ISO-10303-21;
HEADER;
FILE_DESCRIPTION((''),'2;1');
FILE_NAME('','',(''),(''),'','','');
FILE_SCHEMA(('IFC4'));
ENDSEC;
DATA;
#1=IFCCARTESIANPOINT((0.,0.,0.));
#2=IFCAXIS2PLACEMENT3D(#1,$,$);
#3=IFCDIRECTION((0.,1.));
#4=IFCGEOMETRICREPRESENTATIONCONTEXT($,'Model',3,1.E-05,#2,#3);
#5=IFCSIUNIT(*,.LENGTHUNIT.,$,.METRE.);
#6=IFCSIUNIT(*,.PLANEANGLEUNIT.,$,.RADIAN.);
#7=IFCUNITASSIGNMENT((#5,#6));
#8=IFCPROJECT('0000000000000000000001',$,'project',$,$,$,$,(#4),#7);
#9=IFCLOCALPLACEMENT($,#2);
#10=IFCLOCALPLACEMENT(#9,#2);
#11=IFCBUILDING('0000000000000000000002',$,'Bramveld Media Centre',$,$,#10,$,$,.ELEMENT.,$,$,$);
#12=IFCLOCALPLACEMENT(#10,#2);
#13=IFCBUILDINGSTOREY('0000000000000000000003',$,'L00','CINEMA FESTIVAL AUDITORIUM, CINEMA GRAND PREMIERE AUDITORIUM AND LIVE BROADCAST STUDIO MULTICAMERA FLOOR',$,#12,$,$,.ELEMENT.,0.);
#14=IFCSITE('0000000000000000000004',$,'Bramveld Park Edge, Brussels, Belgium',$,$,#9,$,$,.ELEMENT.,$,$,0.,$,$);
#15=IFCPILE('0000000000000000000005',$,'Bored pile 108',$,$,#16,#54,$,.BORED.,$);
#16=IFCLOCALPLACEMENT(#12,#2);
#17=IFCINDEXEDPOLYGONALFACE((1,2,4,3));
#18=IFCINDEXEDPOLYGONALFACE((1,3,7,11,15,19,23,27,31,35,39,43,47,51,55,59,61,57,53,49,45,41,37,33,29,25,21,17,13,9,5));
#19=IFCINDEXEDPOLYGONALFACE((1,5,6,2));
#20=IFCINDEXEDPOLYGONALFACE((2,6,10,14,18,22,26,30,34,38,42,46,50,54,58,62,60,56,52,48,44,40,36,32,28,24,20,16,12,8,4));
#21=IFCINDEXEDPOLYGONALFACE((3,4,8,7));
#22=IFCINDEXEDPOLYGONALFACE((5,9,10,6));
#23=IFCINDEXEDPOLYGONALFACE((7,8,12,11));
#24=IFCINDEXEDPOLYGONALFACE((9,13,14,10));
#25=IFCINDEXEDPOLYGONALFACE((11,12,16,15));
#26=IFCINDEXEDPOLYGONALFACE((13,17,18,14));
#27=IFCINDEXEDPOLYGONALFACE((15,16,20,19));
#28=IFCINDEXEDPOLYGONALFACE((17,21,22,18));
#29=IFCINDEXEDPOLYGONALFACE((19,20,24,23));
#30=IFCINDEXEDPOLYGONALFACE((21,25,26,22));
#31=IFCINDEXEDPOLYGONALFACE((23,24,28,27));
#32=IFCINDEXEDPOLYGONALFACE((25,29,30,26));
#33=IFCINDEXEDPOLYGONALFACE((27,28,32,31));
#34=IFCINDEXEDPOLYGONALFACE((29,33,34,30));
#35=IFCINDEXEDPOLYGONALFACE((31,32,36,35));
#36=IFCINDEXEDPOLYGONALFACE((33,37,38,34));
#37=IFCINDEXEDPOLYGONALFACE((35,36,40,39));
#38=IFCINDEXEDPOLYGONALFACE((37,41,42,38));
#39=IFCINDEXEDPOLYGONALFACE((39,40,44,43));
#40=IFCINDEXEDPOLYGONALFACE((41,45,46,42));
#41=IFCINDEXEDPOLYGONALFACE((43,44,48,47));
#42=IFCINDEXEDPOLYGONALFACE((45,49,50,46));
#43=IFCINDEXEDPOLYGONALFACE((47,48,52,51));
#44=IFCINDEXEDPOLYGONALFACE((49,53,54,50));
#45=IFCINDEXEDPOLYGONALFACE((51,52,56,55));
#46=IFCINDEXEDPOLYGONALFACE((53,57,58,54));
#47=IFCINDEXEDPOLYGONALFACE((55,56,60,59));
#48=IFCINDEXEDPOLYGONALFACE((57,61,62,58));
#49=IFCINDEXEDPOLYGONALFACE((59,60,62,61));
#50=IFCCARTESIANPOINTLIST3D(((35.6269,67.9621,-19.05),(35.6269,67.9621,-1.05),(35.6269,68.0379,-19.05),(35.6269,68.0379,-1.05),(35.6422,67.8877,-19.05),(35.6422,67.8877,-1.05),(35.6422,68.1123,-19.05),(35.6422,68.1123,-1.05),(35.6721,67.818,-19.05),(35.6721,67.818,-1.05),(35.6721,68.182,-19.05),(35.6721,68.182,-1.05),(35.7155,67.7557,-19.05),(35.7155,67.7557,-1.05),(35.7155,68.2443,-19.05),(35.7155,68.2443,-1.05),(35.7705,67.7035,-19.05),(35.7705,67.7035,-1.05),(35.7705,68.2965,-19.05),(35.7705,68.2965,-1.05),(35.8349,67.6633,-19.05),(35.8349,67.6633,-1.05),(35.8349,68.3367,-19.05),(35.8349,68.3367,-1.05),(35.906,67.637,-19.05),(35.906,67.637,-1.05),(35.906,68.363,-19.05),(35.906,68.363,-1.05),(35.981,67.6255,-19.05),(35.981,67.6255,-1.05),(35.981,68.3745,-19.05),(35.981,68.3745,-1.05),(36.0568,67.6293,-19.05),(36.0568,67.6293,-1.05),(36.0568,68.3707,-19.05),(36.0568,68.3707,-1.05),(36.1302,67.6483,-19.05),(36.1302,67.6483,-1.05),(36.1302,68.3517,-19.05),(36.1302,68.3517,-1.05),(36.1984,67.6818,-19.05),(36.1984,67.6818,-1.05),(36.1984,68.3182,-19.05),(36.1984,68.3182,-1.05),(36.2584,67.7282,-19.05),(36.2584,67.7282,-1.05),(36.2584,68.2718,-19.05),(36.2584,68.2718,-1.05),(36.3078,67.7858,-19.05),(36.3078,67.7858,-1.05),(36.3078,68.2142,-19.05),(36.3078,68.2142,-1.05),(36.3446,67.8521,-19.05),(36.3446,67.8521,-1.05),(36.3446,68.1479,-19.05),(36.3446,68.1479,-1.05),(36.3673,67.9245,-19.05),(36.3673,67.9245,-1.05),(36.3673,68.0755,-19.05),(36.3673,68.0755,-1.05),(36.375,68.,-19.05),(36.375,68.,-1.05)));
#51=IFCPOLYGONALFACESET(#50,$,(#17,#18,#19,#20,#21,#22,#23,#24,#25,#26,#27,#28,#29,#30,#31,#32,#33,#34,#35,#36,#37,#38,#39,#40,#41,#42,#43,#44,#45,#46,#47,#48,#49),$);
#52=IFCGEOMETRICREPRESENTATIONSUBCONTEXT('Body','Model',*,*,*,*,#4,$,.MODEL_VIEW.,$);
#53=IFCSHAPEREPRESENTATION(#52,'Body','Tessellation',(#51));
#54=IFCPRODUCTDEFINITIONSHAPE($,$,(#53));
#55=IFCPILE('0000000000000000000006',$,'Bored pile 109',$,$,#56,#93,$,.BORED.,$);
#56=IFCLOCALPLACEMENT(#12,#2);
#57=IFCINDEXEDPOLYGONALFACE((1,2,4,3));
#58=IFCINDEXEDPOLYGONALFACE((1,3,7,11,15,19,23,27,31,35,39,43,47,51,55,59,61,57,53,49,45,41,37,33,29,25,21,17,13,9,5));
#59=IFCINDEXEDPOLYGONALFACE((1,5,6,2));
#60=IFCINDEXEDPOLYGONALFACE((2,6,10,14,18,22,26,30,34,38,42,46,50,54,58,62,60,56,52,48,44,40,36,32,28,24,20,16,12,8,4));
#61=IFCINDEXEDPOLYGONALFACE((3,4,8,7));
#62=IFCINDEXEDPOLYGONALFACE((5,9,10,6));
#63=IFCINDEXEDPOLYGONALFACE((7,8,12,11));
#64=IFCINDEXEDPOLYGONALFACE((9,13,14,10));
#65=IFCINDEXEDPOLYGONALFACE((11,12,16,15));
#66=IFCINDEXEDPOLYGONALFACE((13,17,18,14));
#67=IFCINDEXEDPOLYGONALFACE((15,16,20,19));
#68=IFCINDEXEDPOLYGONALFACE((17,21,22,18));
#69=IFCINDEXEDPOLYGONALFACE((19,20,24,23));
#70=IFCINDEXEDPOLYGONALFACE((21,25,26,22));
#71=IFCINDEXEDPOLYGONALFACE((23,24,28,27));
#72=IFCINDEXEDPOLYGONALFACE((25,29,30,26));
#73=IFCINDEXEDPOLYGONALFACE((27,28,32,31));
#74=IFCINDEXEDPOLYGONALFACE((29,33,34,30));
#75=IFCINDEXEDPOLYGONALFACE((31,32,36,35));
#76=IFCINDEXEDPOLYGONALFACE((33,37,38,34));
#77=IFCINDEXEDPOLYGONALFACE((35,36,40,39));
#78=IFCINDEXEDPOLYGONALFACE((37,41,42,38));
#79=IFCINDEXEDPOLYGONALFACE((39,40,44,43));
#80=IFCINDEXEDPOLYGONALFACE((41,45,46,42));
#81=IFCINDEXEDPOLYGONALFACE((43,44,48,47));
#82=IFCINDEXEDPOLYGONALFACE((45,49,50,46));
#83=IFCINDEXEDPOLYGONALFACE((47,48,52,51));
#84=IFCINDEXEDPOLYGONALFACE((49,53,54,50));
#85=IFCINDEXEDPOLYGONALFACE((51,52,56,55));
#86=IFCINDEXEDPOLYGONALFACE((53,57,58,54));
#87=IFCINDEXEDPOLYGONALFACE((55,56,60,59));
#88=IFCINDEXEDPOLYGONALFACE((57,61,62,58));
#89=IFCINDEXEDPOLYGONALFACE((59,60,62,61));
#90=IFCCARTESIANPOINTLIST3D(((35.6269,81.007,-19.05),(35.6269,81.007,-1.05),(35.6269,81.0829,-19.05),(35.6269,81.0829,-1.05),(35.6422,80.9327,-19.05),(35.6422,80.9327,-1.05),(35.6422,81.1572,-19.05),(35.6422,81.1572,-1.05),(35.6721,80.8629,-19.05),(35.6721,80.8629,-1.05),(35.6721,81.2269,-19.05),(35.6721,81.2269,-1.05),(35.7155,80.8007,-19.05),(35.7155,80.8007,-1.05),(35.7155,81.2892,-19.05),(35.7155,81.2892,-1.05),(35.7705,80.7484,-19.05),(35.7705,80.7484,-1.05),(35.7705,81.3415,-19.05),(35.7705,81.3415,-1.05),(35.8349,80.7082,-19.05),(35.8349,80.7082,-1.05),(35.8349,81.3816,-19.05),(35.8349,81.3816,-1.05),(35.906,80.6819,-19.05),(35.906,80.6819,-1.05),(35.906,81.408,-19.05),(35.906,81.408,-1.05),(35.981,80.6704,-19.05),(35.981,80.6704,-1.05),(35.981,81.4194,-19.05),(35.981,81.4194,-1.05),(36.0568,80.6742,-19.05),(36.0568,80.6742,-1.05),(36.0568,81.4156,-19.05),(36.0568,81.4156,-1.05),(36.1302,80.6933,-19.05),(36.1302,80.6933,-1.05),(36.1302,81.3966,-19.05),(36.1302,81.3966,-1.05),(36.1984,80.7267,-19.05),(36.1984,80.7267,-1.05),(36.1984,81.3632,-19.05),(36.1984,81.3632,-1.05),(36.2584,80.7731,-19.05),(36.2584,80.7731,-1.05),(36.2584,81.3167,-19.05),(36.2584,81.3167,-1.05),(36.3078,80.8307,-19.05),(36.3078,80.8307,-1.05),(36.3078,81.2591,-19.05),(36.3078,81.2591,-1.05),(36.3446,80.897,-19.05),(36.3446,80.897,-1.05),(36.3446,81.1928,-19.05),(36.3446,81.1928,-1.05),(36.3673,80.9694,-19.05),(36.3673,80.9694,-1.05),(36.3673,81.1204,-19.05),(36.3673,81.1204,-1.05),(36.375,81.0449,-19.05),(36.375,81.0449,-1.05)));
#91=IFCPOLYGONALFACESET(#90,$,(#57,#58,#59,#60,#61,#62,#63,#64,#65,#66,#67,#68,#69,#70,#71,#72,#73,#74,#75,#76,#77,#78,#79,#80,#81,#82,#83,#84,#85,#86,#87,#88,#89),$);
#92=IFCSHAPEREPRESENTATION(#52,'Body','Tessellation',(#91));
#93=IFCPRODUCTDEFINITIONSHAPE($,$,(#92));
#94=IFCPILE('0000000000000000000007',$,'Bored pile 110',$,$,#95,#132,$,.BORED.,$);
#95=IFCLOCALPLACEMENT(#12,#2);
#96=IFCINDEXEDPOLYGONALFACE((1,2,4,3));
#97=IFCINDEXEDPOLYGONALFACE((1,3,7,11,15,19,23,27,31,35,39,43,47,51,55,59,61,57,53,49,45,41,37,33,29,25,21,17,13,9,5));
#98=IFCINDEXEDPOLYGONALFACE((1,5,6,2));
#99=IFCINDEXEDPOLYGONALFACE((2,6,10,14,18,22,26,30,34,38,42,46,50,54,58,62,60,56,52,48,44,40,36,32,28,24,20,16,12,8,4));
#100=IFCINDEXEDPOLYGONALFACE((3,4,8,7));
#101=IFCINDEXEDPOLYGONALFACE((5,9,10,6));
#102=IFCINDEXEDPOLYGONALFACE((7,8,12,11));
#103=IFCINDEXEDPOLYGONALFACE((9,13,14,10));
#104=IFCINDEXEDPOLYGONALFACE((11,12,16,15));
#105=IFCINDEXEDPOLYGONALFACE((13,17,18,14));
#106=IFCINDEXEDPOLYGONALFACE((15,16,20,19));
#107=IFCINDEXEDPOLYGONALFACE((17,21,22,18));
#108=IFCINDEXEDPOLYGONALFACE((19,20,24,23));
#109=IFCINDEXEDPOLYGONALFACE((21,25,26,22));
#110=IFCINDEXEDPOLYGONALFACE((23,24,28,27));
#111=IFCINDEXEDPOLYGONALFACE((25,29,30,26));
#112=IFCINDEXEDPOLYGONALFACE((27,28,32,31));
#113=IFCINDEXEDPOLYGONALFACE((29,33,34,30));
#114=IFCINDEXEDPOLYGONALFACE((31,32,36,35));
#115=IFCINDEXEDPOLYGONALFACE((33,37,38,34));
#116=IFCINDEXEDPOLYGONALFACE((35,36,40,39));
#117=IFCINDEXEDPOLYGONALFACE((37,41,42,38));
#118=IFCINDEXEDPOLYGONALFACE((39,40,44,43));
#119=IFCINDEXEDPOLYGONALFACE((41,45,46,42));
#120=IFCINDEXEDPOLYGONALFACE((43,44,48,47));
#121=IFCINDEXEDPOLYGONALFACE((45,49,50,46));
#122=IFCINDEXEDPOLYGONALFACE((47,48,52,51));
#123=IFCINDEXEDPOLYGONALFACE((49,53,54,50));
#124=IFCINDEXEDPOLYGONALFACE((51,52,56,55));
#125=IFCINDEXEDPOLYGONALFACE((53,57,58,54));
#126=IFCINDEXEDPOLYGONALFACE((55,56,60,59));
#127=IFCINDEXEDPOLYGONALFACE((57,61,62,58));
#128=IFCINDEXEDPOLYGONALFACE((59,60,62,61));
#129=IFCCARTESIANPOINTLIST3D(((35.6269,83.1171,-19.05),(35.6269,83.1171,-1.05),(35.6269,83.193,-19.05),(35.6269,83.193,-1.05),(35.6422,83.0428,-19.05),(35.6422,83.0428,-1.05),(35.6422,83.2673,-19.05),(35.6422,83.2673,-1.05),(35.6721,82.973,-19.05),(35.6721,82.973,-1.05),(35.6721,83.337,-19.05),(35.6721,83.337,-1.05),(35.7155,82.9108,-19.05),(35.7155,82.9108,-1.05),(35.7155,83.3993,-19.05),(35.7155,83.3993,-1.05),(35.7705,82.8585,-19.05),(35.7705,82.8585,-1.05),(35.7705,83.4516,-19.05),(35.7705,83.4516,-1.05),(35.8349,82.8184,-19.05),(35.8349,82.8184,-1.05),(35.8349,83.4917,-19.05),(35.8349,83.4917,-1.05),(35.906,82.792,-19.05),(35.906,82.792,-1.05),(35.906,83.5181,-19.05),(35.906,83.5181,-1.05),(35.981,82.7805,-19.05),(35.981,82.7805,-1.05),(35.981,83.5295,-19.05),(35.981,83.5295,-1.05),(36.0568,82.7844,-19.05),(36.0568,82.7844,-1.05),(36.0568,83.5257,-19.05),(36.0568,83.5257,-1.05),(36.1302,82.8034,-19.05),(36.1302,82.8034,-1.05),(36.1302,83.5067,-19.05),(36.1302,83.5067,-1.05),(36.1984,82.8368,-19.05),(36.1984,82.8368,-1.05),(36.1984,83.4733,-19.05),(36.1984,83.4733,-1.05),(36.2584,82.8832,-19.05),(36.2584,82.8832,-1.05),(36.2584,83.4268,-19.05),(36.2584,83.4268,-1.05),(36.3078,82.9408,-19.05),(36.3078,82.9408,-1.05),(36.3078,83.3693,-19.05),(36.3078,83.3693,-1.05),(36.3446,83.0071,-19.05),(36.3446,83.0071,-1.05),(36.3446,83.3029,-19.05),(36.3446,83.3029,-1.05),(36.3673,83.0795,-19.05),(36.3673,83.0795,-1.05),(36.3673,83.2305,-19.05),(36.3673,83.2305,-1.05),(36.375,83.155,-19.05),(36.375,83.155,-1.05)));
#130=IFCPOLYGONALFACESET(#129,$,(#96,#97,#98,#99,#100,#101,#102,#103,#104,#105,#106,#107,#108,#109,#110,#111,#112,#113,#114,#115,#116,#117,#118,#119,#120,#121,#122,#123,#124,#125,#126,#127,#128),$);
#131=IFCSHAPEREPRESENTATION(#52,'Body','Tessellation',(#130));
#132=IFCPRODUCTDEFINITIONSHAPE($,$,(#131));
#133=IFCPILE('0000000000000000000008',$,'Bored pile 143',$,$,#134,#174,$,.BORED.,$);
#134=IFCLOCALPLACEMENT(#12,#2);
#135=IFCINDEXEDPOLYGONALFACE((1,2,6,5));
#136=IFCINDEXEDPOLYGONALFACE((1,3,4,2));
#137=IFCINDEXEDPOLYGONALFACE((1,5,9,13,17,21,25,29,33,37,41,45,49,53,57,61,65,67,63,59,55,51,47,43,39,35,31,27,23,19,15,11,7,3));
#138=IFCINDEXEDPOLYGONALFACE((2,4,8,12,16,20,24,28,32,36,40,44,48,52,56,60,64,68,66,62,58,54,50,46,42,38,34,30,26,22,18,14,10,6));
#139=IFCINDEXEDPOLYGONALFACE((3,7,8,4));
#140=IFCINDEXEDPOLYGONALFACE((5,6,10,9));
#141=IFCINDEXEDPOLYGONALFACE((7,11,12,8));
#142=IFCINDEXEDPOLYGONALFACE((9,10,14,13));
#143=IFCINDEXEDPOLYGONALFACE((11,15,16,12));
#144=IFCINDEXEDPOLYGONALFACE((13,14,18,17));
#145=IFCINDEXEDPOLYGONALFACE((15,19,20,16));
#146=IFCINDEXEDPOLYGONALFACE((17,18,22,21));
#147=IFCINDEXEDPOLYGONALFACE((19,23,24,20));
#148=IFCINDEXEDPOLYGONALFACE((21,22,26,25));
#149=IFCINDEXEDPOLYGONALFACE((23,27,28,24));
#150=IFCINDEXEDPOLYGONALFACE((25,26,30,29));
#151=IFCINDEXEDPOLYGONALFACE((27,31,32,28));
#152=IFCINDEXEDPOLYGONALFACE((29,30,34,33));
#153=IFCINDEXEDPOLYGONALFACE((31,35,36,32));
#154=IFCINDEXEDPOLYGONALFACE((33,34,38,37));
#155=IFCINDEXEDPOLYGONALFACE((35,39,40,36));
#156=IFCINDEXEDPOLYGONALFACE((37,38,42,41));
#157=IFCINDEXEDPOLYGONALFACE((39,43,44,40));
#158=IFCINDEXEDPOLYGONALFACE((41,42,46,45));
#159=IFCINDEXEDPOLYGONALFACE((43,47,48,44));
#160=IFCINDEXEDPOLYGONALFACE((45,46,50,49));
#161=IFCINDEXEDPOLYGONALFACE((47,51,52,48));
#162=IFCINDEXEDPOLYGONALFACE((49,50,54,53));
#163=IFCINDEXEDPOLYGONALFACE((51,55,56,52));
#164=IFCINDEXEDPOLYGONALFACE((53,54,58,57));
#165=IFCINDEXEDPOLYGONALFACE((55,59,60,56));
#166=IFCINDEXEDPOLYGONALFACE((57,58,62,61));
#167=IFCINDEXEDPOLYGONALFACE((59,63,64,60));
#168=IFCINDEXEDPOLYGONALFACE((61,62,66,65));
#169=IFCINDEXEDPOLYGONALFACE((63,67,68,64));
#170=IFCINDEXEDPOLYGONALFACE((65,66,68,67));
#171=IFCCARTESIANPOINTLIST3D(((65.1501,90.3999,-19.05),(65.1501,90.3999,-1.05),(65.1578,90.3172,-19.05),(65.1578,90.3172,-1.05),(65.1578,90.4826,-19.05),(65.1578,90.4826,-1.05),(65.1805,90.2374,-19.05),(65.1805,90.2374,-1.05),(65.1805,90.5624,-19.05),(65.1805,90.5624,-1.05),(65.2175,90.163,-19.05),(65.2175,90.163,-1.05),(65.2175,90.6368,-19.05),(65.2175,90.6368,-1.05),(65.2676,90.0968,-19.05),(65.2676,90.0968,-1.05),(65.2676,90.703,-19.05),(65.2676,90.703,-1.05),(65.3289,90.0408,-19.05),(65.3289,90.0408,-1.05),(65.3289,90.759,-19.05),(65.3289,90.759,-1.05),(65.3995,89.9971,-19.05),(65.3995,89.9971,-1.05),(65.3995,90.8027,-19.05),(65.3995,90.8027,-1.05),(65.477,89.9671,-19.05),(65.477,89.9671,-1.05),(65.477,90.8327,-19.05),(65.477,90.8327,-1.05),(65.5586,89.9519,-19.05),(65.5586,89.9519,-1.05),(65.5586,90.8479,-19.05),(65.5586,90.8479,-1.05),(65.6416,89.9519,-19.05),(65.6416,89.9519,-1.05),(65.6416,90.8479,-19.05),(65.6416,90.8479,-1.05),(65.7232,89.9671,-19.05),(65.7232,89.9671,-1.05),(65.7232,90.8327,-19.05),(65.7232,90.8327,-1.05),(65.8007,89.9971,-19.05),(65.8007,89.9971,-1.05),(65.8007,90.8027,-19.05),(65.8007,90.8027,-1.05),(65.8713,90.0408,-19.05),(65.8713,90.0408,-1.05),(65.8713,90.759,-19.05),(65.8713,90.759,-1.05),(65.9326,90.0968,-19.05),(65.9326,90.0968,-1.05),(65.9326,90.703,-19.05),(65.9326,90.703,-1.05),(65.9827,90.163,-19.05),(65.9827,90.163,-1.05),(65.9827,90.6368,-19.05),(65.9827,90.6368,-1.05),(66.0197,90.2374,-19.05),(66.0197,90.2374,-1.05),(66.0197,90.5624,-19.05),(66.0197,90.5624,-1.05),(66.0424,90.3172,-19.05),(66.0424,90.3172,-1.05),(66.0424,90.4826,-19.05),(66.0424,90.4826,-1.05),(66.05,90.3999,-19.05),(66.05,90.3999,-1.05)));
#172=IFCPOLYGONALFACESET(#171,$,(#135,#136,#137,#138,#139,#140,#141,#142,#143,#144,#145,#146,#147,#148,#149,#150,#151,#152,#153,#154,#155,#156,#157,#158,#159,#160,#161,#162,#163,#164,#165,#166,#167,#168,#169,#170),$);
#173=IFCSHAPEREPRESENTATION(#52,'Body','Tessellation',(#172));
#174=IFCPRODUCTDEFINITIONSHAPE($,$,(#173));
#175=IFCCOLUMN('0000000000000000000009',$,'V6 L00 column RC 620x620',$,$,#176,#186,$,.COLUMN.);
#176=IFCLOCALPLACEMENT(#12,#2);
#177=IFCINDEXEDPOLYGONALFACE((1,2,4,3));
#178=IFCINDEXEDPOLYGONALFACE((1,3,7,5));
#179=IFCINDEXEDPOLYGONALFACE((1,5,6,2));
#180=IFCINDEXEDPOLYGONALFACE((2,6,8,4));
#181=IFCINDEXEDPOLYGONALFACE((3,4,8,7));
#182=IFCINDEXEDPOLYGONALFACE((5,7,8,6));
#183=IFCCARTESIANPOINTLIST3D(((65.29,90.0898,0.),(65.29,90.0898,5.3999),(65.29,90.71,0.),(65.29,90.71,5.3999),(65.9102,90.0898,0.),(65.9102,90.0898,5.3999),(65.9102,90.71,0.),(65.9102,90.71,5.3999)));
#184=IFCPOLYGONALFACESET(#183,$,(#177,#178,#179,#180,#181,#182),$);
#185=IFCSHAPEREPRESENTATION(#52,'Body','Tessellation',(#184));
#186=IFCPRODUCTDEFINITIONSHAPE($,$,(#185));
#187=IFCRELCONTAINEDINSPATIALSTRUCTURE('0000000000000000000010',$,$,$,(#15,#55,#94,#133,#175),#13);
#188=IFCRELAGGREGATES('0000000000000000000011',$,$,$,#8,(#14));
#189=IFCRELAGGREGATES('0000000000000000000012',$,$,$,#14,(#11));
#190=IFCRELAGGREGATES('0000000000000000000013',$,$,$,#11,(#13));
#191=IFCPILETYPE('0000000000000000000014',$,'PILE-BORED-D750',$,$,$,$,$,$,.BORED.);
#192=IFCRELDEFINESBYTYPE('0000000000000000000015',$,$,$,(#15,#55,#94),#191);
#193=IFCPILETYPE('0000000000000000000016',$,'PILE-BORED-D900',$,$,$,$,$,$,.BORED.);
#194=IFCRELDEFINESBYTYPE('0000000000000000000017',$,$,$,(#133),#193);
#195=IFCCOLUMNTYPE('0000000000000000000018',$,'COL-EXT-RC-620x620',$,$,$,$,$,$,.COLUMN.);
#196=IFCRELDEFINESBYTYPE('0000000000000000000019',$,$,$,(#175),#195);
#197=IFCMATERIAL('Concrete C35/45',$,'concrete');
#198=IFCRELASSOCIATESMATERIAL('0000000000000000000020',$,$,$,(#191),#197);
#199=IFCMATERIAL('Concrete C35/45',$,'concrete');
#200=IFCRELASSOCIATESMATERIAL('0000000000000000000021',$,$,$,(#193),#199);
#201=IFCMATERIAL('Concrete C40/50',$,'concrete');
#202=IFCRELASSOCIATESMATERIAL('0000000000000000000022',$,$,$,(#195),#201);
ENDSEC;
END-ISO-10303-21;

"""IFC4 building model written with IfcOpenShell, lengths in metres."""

from ifc_helpers import new_model, si_unit, direction, frame, origin, origin_2d, place, context, subcontext, project, spatial, rectangle, circle, extrude, material, material_profile, profile_set, type_object, element, save


model = new_model("IFC4")

# Units and contexts
model_context = context("Model", 3, precision=1e-05, world=origin(), true_north=direction((0.0, 1.0)))
body_context = subcontext(model_context, "Body", "Model", "MODEL_VIEW")
ifc_project = project(units=[si_unit("LENGTHUNIT", "METRE"), si_unit("PLANEANGLEUNIT", "RADIAN")], contexts=[model_context])

# Site, building, storey
site_placement = place(None, origin())
site = spatial("IfcSite", under=ifc_project, at=site_placement, Name="Bramveld Park Edge, Brussels, Belgium", CompositionType="ELEMENT", RefElevation=0.0)
building_placement = place(site_placement, origin())
building = spatial("IfcBuilding", under=site, at=building_placement, Name="Bramveld Media Centre", CompositionType="ELEMENT")
storey_placement = place(building_placement, origin())
storey = spatial("IfcBuildingStorey", under=building, at=storey_placement, Name="L00", Description="CINEMA FESTIVAL AUDITORIUM, CINEMA GRAND PREMIERE AUDITORIUM AND LIVE BROADCAST STUDIO MULTICAMERA FLOOR", CompositionType="ELEMENT", Elevation=0.0)

# Piles
ifc_material_1 = material(Name="Concrete C35/45", Category="concrete")
ifc_material_profile_1 = material_profile(ifc_material_1, circle(Radius=0.375, at=origin_2d()), Name="BORED D750")
ifc_profile_set_1 = profile_set([ifc_material_profile_1], Name="Concrete C35/45")
pile_type_1 = type_object("IfcPileType", Name="PILE-BORED-D750", PredefinedType="BORED", material=ifc_profile_set_1)
for number, where, z_axis, x_axis, name in (
    (1, (36.0, 68.0, -1.05), (0.0, 0.0, -1.0), (1.0, 0.0, 0.0), "Bored pile 108"),
    (2, (36.0, 81.0449, -1.05), (0.0, 0.0, -1.0), (1.0, 0.0, 0.0), "Bored pile 109"),
    (3, (36.0, 83.155, -1.05), (0.0, 0.0, -1.0), (1.0, 0.0, 0.0), "Bored pile 110"),
):
    element("IfcPile", number, at=place(storey_placement, frame(where, z_axis=z_axis, x_axis=x_axis)), inside=storey, type_object=pile_type_1, Name=name, PredefinedType="BORED", context=body_context, shape_type="SweptSolid", body=[
        extrude(circle(Radius=0.375, at=origin_2d()), origin(), (0.0, 0.0, 1.0), 18.0),
    ])
ifc_material_2 = material(Name="Concrete C35/45", Category="concrete")
ifc_material_profile_2 = material_profile(ifc_material_2, circle(Radius=0.45, at=origin_2d()), Name="BORED D900")
ifc_profile_set_2 = profile_set([ifc_material_profile_2], Name="Concrete C35/45")
pile_type_2 = type_object("IfcPileType", Name="PILE-BORED-D900", PredefinedType="BORED", material=ifc_profile_set_2)
pile_placement = place(storey_placement, frame((65.6001, 90.3999, -1.05), z_axis=(0.0, 0.0, -1.0), x_axis=(1.0, 0.0, 0.0)))
element("IfcPile", 4, at=pile_placement, inside=storey, type_object=pile_type_2, Name="Bored pile 143", PredefinedType="BORED", context=body_context, shape_type="SweptSolid", body=[
    extrude(circle(Radius=0.45, at=origin_2d()), origin(), (0.0, 0.0, 1.0), 18.0),
])

# Column
ifc_material_3 = material(Name="Concrete C40/50", Category="concrete")
ifc_material_profile_3 = material_profile(ifc_material_3, rectangle(XDim=0.6201, YDim=0.6201, at=origin_2d()), Name="RC 620x620")
ifc_profile_set_3 = profile_set([ifc_material_profile_3], Name="Concrete C40/50")
column_type_1 = type_object("IfcColumnType", Name="COL-EXT-RC-620x620", PredefinedType="COLUMN", material=ifc_profile_set_3)
column_placement = place(storey_placement, frame((65.6001, 90.3999, 0.0), z_axis=(0.0, 0.0, 1.0), x_axis=(1.0, 0.0, 0.0)))
element("IfcColumn", 5, at=column_placement, inside=storey, type_object=column_type_1, Name="V6 L00 column RC 620x620", PredefinedType="COLUMN", context=body_context, shape_type="SweptSolid", body=[
    extrude(rectangle(XDim=0.6201, YDim=0.6201, at=origin_2d()), origin(), (0.0, 0.0, 1.0), 5.3999),
])

save(model, "model.ifc")
